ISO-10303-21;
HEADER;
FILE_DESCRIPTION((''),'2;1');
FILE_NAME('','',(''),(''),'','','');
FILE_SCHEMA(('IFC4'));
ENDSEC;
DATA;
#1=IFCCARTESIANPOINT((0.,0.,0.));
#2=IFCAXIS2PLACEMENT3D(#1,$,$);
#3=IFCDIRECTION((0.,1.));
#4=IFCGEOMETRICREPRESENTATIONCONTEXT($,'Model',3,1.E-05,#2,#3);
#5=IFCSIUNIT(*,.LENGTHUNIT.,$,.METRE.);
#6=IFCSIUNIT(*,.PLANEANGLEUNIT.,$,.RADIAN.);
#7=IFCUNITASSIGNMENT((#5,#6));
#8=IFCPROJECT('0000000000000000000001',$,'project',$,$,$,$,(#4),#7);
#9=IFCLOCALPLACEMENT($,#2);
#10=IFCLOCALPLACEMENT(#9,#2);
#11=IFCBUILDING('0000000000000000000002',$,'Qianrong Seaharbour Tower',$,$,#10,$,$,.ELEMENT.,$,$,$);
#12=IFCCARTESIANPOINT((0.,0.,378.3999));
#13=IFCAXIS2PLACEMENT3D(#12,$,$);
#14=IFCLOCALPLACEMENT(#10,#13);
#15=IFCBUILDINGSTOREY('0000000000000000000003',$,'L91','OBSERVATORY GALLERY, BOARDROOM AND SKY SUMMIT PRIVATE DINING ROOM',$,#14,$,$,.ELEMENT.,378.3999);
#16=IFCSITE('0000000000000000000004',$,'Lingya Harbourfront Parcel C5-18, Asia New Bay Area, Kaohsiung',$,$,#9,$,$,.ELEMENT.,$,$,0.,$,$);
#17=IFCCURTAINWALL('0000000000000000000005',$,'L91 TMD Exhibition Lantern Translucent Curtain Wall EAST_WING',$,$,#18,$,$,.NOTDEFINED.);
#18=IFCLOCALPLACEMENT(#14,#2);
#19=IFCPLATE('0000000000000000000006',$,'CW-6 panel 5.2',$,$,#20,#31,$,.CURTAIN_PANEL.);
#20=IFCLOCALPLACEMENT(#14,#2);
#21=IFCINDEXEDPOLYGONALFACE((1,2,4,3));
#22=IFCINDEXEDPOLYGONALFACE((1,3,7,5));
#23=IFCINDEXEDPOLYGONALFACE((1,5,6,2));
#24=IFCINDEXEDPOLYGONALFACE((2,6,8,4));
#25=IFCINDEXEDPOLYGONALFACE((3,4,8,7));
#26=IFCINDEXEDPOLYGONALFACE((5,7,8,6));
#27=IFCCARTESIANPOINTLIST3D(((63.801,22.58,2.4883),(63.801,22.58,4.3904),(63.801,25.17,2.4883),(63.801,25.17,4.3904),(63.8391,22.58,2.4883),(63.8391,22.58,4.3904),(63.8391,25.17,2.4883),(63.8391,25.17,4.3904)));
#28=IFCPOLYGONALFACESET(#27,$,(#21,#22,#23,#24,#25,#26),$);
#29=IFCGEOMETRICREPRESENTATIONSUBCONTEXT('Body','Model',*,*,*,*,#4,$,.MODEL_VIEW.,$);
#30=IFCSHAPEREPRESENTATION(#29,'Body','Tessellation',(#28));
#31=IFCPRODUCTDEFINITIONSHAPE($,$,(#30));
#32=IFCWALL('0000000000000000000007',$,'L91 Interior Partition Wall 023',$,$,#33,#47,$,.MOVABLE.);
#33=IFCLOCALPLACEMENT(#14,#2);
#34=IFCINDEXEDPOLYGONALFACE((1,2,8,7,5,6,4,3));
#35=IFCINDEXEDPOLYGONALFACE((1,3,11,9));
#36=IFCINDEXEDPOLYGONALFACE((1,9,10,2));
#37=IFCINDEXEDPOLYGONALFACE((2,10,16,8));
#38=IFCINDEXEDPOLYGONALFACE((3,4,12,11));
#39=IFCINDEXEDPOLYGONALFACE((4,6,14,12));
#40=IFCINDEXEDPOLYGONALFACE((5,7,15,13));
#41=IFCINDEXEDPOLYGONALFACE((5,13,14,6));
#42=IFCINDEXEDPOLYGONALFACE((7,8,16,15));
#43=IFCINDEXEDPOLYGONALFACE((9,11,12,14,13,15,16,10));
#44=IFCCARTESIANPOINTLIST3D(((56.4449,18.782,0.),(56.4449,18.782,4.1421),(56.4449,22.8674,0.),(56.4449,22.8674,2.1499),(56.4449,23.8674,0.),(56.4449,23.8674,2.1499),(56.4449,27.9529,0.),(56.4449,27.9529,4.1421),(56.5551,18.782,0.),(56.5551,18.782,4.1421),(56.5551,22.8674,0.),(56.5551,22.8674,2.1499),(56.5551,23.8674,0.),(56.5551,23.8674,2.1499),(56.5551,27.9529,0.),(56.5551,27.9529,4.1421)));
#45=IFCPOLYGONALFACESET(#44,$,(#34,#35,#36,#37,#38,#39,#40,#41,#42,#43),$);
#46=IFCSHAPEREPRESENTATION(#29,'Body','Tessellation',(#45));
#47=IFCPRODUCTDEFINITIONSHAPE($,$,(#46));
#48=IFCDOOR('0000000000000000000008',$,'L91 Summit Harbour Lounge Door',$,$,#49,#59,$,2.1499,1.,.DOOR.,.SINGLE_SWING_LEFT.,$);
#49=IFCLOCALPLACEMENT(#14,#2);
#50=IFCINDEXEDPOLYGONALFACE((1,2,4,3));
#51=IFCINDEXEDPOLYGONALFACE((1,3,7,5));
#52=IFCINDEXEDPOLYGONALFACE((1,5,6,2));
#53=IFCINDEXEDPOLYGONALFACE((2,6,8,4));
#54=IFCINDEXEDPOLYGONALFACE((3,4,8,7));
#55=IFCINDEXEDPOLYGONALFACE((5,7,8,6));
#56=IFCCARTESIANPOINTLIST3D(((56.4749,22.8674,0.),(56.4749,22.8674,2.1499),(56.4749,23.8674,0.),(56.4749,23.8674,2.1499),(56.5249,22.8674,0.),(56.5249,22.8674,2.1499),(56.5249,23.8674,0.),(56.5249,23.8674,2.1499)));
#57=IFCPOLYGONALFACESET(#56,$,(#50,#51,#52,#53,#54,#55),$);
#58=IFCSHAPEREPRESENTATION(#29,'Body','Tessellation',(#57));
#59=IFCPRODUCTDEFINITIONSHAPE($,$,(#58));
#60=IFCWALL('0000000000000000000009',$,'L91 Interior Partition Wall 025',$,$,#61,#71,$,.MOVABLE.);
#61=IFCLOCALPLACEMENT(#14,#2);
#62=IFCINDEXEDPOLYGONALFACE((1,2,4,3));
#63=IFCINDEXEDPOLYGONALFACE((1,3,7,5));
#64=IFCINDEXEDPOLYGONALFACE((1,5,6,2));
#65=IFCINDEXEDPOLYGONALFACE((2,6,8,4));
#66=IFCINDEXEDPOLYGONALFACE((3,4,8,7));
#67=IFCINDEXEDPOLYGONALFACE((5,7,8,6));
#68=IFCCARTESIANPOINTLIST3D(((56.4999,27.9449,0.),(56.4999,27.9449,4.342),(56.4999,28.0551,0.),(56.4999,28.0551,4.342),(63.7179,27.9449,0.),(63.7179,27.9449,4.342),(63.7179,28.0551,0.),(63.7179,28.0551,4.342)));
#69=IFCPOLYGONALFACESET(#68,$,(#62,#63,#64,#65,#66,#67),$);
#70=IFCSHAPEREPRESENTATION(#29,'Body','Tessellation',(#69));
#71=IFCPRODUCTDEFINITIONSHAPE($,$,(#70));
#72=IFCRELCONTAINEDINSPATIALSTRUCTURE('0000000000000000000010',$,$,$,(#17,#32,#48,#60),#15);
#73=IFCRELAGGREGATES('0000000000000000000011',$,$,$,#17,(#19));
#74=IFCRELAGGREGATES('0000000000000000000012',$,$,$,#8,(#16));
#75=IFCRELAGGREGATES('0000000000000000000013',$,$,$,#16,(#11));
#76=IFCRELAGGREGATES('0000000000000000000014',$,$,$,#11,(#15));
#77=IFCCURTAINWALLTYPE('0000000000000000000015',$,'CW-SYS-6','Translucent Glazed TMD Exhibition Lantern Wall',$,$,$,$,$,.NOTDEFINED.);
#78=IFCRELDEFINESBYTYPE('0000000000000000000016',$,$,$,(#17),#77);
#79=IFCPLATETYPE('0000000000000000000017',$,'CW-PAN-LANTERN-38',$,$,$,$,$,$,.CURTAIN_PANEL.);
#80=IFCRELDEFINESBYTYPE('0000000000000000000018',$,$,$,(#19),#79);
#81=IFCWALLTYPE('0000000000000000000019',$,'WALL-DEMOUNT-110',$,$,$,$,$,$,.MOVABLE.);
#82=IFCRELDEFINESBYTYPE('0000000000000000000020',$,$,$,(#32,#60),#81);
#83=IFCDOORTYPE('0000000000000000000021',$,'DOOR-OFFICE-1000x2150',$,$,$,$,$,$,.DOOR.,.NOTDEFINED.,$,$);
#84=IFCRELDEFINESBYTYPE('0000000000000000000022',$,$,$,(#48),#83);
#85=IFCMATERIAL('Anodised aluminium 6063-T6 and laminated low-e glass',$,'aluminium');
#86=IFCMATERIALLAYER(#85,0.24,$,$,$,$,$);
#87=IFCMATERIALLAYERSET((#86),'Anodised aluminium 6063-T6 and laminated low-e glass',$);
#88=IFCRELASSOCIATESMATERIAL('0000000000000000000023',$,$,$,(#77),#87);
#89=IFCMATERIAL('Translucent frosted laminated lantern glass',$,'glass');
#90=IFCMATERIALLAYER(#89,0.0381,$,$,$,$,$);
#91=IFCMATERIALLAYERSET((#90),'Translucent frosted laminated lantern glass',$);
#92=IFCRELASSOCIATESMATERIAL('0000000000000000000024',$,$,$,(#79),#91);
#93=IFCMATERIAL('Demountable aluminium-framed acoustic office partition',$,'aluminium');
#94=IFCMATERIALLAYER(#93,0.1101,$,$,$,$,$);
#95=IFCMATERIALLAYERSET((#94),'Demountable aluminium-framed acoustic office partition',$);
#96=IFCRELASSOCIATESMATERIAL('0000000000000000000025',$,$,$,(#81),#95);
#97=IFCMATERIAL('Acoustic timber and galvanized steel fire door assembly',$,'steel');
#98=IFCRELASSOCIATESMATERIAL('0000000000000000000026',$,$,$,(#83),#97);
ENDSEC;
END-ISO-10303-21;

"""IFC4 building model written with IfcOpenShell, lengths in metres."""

from ifc_helpers import new_model, si_unit, direction, frame, frame_2d, origin, origin_2d, place, context, subcontext, project, spatial, rectangle, extrude, material, layer, layer_set, type_object, element, fill, aggregate, save


model = new_model("IFC4")

# Units and contexts
model_context = context("Model", 3, precision=1e-05, world=origin(), true_north=direction((0.0, 1.0)))
body_context = subcontext(model_context, "Body", "Model", "MODEL_VIEW")
ifc_project = project(units=[si_unit("LENGTHUNIT", "METRE"), si_unit("PLANEANGLEUNIT", "RADIAN")], contexts=[model_context])

# Site, building, storey
site_placement = place(None, origin())
site = spatial("IfcSite", under=ifc_project, at=site_placement, Name="Lingya Harbourfront Parcel C5-18, Asia New Bay Area, Kaohsiung", CompositionType="ELEMENT", RefElevation=0.0)
building_placement = place(site_placement, origin())
building = spatial("IfcBuilding", under=site, at=building_placement, Name="Qianrong Seaharbour Tower", CompositionType="ELEMENT")
storey_placement = place(building_placement, frame((0.0, 0.0, 378.3999)))
storey = spatial("IfcBuildingStorey", under=building, at=storey_placement, Name="L91", Description="OBSERVATORY GALLERY, BOARDROOM AND SKY SUMMIT PRIVATE DINING ROOM", CompositionType="ELEMENT", Elevation=378.3999)

# Curtain wall, plate
ifc_material_1 = material(Name="Anodised aluminium 6063-T6 and laminated low-e glass", Category="aluminium")
ifc_layer_1 = layer(ifc_material_1, 0.24)
ifc_layer_set_1 = layer_set([ifc_layer_1], Name="Anodised aluminium 6063-T6 and laminated low-e glass")
curtain_wall_type = type_object("IfcCurtainWallType", Name="CW-SYS-6", Description="Translucent Glazed TMD Exhibition Lantern Wall", PredefinedType="NOTDEFINED", material=ifc_layer_set_1)
curtain_wall_placement = place(storey_placement, origin())
curtain_wall = element("IfcCurtainWall", 1, at=curtain_wall_placement, inside=storey, type_object=curtain_wall_type, Name="L91 TMD Exhibition Lantern Translucent Curtain Wall EAST_WING", PredefinedType="NOTDEFINED")
ifc_material_2 = material(Name="Translucent frosted laminated lantern glass", Category="glass")
ifc_layer_2 = layer(ifc_material_2, 0.0381)
ifc_layer_set_2 = layer_set([ifc_layer_2], Name="Translucent frosted laminated lantern glass")
plate_type = type_object("IfcPlateType", Name="CW-PAN-LANTERN-38", PredefinedType="CURTAIN_PANEL", material=ifc_layer_set_2)
plate_1_placement = place(storey_placement, frame((63.8201, 23.875, 2.4883), z_axis=(0.0, 0.0, 1.0), x_axis=(0.0, -1.0, 0.0)))
plate_1 = element("IfcPlate", 2, at=plate_1_placement, type_object=plate_type, Name="CW-6 panel 5.2", PredefinedType="CURTAIN_PANEL", context=body_context, shape_type="SweptSolid", body=[
    extrude(rectangle(XDim=2.5901, YDim=0.0381, at=origin_2d()), origin(), (0.0, 0.0, 1.0), 1.9021),
])
aggregate(curtain_wall, [plate_1])

# Wall, opening, door
ifc_material_3 = material(Name="Demountable aluminium-framed acoustic office partition", Category="aluminium")
ifc_layer_3 = layer(ifc_material_3, 0.1101)
ifc_layer_set_3 = layer_set([ifc_layer_3], Name="Demountable aluminium-framed acoustic office partition")
wall_type = type_object("IfcWallType", Name="WALL-DEMOUNT-110", PredefinedType="MOVABLE", material=ifc_layer_set_3)
wall_1_placement = place(storey_placement, frame((56.5, 27.9529, 0.0), z_axis=(0.0, 0.0, 1.0), x_axis=(0.0, -1.0, 0.0)))
wall_1 = element("IfcWall", 3, at=wall_1_placement, inside=storey, type_object=wall_type, Name="L91 Interior Partition Wall 023", PredefinedType="MOVABLE", context=body_context, shape_type="SweptSolid", body=[
    extrude(rectangle(XDim=9.1709, YDim=0.1101, at=frame_2d((4.5854, 0.0))), origin(), (0.0, 0.0, 1.0), 4.1421),
])
opening_placement = place(wall_1_placement, frame((4.0854, 0.0, 0.0)))
opening = element("IfcOpeningElement", 4, at=opening_placement, cuts=wall_1, PredefinedType="OPENING", context=body_context, shape_type="SweptSolid", body=[
    extrude(rectangle(XDim=1.0, YDim=2.1499, at=frame_2d((0.5, 1.075))), frame((0.0, 0.0649, 0.0), z_axis=(0.0, -1.0, 0.0), x_axis=(1.0, 0.0, 0.0)), (0.0, 0.0, 1.0), 0.1301),
])
ifc_material_4 = material(Name="Acoustic timber and galvanized steel fire door assembly", Category="steel")
door_type = type_object("IfcDoorType", Name="DOOR-OFFICE-1000x2150", OperationType="NOTDEFINED", PredefinedType="DOOR", material=ifc_material_4)
door_placement = place(opening_placement, origin())
door = element("IfcDoor", 5, at=door_placement, inside=storey, type_object=door_type, Name="L91 Summit Harbour Lounge Door", OperationType="SINGLE_SWING_LEFT", OverallHeight=2.1499, OverallWidth=1.0, PredefinedType="DOOR", context=body_context, shape_type="SweptSolid", body=[
    extrude(rectangle(XDim=1.0, YDim=2.1499, at=frame_2d((0.5, 1.075))), frame((0.0, 0.0249, 0.0), z_axis=(0.0, -1.0, 0.0), x_axis=(1.0, 0.0, 0.0)), (0.0, 0.0, 1.0), 0.05),
])
fill(opening, door)

# Wall
wall_2_placement = place(storey_placement, frame((56.5, 28.0, 0.0), z_axis=(0.0, 0.0, 1.0), x_axis=(1.0, 0.0, 0.0)))
element("IfcWall", 6, at=wall_2_placement, inside=storey, type_object=wall_type, Name="L91 Interior Partition Wall 025", PredefinedType="MOVABLE", context=body_context, shape_type="SweptSolid", body=[
    extrude(rectangle(XDim=7.218, YDim=0.1101, at=frame_2d((3.6089, 0.0))), origin(), (0.0, 0.0, 1.0), 4.342),
])

save(model, "model.ifc")
